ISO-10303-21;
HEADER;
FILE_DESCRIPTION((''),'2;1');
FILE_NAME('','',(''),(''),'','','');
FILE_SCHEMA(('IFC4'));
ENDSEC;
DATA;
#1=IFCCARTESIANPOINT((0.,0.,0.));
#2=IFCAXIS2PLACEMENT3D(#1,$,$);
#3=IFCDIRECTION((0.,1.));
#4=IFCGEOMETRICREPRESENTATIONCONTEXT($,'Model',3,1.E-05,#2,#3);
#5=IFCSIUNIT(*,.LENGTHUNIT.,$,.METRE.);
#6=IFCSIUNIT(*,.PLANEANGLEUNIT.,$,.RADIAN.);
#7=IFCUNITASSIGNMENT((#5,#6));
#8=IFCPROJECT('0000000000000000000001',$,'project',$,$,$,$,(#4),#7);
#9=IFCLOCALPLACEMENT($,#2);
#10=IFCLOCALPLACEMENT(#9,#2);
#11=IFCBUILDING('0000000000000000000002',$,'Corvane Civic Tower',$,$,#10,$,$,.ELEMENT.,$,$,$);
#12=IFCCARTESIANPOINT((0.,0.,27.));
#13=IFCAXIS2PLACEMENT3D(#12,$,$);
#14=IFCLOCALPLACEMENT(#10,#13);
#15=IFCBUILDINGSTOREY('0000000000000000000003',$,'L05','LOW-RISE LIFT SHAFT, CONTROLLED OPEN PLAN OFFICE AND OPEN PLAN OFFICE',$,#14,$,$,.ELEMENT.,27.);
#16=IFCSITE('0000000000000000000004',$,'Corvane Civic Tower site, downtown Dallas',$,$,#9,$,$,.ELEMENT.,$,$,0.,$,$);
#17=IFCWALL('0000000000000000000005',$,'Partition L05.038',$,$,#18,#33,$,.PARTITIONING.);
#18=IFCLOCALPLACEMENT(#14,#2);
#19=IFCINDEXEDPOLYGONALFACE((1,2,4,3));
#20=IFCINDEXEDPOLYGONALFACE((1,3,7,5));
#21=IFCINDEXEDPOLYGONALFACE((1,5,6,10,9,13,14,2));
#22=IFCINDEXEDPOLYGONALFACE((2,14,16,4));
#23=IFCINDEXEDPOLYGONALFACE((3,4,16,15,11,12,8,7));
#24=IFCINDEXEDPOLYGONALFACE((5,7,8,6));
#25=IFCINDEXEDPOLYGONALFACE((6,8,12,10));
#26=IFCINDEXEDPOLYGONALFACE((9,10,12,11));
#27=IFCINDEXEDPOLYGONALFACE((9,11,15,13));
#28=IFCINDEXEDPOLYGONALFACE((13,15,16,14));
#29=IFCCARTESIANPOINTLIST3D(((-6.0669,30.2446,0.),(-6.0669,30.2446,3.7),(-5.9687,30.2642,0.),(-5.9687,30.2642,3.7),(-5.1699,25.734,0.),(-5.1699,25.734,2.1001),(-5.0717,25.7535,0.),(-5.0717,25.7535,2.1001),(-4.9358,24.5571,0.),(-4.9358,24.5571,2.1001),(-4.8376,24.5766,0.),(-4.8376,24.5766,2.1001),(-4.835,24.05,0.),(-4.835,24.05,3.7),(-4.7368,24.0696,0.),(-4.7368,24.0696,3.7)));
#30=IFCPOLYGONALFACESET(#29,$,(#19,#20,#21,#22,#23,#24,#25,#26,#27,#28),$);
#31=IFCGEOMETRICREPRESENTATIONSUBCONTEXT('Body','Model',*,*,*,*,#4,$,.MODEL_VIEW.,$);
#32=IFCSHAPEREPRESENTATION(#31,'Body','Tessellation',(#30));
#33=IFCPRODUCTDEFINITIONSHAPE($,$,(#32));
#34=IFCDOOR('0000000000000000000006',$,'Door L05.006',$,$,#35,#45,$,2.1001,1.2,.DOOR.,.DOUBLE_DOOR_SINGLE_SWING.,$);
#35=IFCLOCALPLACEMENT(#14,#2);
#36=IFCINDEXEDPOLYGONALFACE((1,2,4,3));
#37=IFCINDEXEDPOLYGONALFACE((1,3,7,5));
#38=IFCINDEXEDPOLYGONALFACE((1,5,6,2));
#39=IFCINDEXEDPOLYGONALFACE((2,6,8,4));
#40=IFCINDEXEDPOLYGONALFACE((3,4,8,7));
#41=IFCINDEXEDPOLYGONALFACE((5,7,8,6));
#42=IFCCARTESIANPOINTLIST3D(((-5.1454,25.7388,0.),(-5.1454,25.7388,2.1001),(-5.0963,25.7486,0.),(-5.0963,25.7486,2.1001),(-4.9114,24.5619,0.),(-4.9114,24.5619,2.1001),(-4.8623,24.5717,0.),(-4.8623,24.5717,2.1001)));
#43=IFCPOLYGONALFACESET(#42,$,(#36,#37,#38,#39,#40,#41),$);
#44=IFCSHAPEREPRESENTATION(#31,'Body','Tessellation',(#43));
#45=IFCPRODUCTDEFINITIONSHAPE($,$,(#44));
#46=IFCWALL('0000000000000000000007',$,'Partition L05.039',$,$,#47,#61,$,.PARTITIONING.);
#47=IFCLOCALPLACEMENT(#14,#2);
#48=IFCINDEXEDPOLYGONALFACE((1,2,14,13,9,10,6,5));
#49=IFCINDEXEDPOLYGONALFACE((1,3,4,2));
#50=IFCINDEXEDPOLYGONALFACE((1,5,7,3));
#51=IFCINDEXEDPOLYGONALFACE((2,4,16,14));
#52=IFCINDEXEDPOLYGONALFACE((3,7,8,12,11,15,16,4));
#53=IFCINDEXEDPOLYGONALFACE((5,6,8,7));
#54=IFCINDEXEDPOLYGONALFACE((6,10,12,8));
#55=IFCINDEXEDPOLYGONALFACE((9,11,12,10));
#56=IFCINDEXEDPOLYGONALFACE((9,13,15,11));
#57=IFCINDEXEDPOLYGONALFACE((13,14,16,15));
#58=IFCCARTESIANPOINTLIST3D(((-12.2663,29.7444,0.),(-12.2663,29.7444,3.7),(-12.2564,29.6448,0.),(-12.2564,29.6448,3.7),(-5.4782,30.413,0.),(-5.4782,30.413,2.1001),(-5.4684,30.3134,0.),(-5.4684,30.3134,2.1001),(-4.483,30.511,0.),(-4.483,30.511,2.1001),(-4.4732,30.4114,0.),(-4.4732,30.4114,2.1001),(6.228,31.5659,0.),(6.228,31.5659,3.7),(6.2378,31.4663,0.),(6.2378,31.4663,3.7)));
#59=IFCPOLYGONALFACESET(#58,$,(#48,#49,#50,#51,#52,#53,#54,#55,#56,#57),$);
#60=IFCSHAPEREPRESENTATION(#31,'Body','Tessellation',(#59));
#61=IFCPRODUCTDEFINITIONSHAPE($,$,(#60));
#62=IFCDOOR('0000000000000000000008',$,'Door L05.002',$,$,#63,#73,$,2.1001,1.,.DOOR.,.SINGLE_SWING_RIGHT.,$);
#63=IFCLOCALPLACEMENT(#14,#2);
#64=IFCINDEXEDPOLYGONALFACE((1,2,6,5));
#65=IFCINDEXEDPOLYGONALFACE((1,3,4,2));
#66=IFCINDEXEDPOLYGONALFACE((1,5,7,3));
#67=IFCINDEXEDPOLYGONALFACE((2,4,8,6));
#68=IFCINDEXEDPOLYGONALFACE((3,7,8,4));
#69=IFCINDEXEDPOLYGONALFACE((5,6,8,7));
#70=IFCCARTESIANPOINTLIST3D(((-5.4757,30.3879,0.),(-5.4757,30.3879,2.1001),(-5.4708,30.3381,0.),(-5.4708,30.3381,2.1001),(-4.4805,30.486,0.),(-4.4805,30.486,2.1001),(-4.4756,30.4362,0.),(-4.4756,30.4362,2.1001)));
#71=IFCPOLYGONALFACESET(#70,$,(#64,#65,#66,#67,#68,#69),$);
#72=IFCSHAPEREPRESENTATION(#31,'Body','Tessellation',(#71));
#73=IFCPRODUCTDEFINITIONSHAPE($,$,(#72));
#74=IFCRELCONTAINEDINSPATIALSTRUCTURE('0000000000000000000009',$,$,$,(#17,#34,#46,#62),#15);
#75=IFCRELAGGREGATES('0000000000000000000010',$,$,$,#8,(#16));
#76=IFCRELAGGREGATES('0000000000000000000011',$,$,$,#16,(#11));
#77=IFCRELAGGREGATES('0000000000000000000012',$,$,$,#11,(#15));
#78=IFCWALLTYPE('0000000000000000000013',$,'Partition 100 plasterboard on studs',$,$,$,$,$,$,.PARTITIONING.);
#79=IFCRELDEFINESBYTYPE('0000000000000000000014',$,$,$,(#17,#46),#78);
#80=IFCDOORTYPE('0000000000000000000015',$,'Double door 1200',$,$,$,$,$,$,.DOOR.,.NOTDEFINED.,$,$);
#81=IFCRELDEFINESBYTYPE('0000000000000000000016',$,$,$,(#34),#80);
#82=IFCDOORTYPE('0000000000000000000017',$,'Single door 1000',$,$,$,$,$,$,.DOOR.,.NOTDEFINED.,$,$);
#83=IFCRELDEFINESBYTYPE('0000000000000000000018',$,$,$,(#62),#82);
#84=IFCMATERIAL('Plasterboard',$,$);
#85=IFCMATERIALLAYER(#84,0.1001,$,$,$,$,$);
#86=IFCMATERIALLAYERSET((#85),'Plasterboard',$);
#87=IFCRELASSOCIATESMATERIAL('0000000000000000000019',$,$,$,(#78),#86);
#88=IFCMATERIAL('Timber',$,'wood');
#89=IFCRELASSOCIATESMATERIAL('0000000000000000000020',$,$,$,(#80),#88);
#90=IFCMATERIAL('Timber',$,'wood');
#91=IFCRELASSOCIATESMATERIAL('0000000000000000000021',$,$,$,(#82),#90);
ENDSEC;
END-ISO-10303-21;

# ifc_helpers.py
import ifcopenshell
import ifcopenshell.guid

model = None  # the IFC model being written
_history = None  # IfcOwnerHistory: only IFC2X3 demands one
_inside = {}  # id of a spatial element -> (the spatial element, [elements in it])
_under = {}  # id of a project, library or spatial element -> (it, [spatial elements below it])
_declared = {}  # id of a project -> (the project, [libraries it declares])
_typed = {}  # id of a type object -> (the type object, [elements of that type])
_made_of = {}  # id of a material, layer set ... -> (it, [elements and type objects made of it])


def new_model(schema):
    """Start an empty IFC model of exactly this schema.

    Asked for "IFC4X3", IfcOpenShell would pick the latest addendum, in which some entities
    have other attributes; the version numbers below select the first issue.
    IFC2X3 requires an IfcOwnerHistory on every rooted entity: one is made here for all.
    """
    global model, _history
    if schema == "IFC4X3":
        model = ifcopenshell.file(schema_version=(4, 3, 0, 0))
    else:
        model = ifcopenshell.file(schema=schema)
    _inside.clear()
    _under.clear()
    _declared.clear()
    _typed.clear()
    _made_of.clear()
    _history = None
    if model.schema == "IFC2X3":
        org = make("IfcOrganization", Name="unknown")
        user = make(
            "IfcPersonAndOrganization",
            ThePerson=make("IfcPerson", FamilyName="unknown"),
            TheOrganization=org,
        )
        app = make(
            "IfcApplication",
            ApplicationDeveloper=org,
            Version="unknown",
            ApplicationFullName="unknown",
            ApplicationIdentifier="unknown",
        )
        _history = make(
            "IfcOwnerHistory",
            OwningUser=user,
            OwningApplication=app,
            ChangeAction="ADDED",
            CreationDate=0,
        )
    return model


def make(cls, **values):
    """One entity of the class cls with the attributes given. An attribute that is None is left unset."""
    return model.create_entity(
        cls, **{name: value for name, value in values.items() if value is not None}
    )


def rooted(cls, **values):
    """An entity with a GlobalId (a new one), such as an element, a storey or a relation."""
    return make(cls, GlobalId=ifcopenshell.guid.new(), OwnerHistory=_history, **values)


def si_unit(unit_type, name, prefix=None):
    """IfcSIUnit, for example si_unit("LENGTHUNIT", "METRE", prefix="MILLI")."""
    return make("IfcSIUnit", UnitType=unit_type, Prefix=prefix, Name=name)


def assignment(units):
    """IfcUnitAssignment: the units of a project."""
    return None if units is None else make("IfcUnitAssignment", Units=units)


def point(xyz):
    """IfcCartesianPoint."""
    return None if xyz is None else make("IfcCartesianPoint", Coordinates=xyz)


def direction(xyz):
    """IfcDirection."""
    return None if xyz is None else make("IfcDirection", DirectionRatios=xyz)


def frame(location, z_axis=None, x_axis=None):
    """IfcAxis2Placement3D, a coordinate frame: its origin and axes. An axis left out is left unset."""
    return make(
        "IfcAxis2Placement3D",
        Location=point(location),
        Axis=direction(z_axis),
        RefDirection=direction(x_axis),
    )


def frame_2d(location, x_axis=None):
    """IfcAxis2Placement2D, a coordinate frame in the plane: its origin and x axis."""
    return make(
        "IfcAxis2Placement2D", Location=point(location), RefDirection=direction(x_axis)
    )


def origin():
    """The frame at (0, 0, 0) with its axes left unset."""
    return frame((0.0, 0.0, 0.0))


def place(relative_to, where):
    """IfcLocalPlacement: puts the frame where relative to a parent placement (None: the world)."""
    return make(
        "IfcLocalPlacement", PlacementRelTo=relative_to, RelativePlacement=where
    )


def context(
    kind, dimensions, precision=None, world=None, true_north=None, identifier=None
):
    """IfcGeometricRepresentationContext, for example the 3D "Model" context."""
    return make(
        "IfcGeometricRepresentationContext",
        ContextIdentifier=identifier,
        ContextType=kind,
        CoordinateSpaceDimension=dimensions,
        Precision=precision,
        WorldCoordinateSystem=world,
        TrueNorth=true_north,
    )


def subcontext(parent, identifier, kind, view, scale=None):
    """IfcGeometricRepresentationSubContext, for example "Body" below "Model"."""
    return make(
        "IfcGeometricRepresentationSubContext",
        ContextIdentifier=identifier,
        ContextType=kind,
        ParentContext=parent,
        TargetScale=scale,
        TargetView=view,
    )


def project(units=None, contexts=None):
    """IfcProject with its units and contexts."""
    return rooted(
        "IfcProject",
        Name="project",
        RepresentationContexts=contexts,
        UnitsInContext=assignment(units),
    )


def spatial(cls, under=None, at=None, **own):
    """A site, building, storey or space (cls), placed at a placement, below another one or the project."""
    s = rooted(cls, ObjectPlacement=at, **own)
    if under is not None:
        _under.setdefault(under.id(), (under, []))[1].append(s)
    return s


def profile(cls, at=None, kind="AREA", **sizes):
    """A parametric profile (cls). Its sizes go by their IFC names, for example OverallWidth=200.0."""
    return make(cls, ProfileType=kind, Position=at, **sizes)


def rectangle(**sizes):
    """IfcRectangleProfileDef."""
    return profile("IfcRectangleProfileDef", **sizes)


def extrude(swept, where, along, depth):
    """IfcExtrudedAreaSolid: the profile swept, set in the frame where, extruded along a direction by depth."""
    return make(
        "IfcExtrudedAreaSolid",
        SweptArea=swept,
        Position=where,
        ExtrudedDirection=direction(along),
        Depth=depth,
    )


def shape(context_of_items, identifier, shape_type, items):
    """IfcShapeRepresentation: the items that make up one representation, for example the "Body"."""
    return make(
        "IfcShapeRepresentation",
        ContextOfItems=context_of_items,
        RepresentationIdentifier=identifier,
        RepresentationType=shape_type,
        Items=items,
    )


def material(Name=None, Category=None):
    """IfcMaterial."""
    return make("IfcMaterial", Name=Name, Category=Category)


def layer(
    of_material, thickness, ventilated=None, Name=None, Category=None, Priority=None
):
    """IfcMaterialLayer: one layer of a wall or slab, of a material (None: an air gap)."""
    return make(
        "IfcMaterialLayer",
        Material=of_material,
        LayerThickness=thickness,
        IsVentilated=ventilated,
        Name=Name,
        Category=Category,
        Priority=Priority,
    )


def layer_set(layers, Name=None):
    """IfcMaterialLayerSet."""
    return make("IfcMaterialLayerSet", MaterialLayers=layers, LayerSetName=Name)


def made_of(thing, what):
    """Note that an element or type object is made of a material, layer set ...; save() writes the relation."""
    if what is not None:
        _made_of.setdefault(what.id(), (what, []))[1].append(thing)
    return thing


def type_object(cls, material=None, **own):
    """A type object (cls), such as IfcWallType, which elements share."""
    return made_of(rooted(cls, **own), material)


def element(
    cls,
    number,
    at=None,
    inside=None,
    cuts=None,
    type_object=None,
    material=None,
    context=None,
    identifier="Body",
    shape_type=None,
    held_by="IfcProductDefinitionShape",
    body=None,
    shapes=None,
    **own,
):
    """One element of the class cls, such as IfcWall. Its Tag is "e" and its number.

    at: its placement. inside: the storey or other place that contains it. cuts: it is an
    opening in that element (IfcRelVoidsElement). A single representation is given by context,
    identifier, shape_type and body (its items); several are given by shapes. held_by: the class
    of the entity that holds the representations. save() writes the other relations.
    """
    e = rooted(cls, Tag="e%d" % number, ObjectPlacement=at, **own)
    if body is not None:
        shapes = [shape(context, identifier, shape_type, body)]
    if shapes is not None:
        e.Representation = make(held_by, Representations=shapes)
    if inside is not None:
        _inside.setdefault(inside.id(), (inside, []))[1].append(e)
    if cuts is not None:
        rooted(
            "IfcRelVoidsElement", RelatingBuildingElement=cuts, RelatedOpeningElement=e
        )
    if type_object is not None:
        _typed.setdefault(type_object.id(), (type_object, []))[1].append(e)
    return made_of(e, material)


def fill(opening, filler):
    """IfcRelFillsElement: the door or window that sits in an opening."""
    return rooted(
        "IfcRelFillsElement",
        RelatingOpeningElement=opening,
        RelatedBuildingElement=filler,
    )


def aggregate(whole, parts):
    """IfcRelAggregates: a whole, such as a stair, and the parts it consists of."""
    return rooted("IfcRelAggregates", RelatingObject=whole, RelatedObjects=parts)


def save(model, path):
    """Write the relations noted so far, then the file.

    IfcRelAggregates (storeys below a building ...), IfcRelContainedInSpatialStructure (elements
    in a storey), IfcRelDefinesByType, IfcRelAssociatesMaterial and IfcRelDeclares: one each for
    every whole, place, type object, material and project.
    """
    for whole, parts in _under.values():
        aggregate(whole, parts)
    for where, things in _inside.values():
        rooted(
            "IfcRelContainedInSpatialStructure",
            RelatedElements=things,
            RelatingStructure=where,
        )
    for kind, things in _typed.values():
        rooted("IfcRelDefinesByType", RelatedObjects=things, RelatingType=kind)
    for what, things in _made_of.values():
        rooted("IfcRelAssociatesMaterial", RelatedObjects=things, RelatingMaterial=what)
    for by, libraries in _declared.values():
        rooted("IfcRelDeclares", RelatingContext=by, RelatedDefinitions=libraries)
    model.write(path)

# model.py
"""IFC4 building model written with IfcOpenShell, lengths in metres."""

from ifc_helpers import new_model, si_unit, direction, frame, frame_2d, origin, place, context, subcontext, project, spatial, rectangle, extrude, material, layer, layer_set, type_object, element, fill, save


model = new_model("IFC4")

# Units and contexts
model_context = context("Model", 3, precision=1e-05, world=origin(), true_north=direction((0.0, 1.0)))
body_context = subcontext(model_context, "Body", "Model", "MODEL_VIEW")
ifc_project = project(units=[si_unit("LENGTHUNIT", "METRE"), si_unit("PLANEANGLEUNIT", "RADIAN")], contexts=[model_context])

# Site, building, storey
site_placement = place(None, origin())
site = spatial("IfcSite", under=ifc_project, at=site_placement, Name="Corvane Civic Tower site, downtown Dallas", CompositionType="ELEMENT", RefElevation=0.0)
building_placement = place(site_placement, origin())
building = spatial("IfcBuilding", under=site, at=building_placement, Name="Corvane Civic Tower", CompositionType="ELEMENT")
storey_placement = place(building_placement, frame((0.0, 0.0, 27.0)))
storey = spatial("IfcBuildingStorey", under=building, at=storey_placement, Name="L05", Description="LOW-RISE LIFT SHAFT, CONTROLLED OPEN PLAN OFFICE AND OPEN PLAN OFFICE", CompositionType="ELEMENT", Elevation=27.0)

# Walls, openings, doors
ifc_material_1 = material(Name="Plasterboard")
ifc_layer_1 = layer(ifc_material_1, 0.1001)
ifc_layer_set_1 = layer_set([ifc_layer_1], Name="Plasterboard")
wall_type_1 = type_object("IfcWallType", Name="Partition 100 plasterboard on studs", PredefinedType="PARTITIONING", material=ifc_layer_set_1)
wall_1_placement = place(storey_placement, frame((-6.0178, 30.2544, 0.0), z_axis=(0.0, 0.0, 1.0), x_axis=(0.195053, -0.980793, 0.0)))
wall_1 = element("IfcWall", 1, at=wall_1_placement, inside=storey, type_object=wall_type_1, Name="Partition L05.038", PredefinedType="PARTITIONING", context=body_context, shape_type="SweptSolid", body=[
    extrude(rectangle(XDim=6.3159, YDim=0.1001, at=frame_2d((3.158, 0.0))), origin(), (0.0, 0.0, 1.0), 3.7),
])
opening_1_placement = place(wall_1_placement, frame((4.5989, 0.0, 0.0)))
opening_1 = element("IfcOpeningElement", 2, at=opening_1_placement, cuts=wall_1, PredefinedType="OPENING", context=body_context, shape_type="SweptSolid", body=[
    extrude(rectangle(XDim=1.2, YDim=2.1001, at=frame_2d((0.6001, 1.05))), frame((0.0, 0.0601, 0.0), z_axis=(0.0, -1.0, 0.0), x_axis=(1.0, 0.0, 0.0)), (0.0, 0.0, 1.0), 0.1201),
])
ifc_material_2 = material(Name="Timber", Category="wood")
door_type_1 = type_object("IfcDoorType", Name="Double door 1200", OperationType="NOTDEFINED", PredefinedType="DOOR", material=ifc_material_2)
door_1_placement = place(opening_1_placement, origin())
door_1 = element("IfcDoor", 3, at=door_1_placement, inside=storey, type_object=door_type_1, Name="Door L05.006", OperationType="DOUBLE_DOOR_SINGLE_SWING", OverallHeight=2.1001, OverallWidth=1.2, PredefinedType="DOOR", context=body_context, shape_type="SweptSolid", body=[
    extrude(rectangle(XDim=1.2, YDim=2.1001, at=frame_2d((0.6001, 1.05))), frame((0.0, 0.0249, 0.0), z_axis=(0.0, -1.0, 0.0), x_axis=(1.0, 0.0, 0.0)), (0.0, 0.0, 1.0), 0.05),
])
fill(opening_1, door_1)
wall_2_placement = place(storey_placement, frame((-12.2615, 29.6946, 0.0), z_axis=(0.0, 0.0, 1.0), x_axis=(0.995185, 0.098018, 0.0)))
wall_2 = element("IfcWall", 4, at=wall_2_placement, inside=storey, type_object=wall_type_1, Name="Partition L05.039", PredefinedType="PARTITIONING", context=body_context, shape_type="SweptSolid", body=[
    extrude(rectangle(XDim=18.5837, YDim=0.1001, at=frame_2d((9.292, 0.0))), origin(), (0.0, 0.0, 1.0), 3.7),
])
opening_2_placement = place(wall_2_placement, frame((6.821, 0.0, 0.0)))
opening_2 = element("IfcOpeningElement", 5, at=opening_2_placement, cuts=wall_2, PredefinedType="OPENING", context=body_context, shape_type="SweptSolid", body=[
    extrude(rectangle(XDim=1.0, YDim=2.1001, at=frame_2d((0.5, 1.05))), frame((0.0, 0.0601, 0.0), z_axis=(0.0, -1.0, 0.0), x_axis=(1.0, 0.0, 0.0)), (0.0, 0.0, 1.0), 0.1201),
])
ifc_material_3 = material(Name="Timber", Category="wood")
door_type_2 = type_object("IfcDoorType", Name="Single door 1000", OperationType="NOTDEFINED", PredefinedType="DOOR", material=ifc_material_3)
door_2_placement = place(opening_2_placement, origin())
door_2 = element("IfcDoor", 6, at=door_2_placement, inside=storey, type_object=door_type_2, Name="Door L05.002", OperationType="SINGLE_SWING_RIGHT", OverallHeight=2.1001, OverallWidth=1.0, PredefinedType="DOOR", context=body_context, shape_type="SweptSolid", body=[
    extrude(rectangle(XDim=1.0, YDim=2.1001, at=frame_2d((0.5, 1.05))), frame((0.0, 0.0249, 0.0), z_axis=(0.0, -1.0, 0.0), x_axis=(1.0, 0.0, 0.0)), (0.0, 0.0, 1.0), 0.05),
])
fill(opening_2, door_2)

save(model, "model.ifc")
